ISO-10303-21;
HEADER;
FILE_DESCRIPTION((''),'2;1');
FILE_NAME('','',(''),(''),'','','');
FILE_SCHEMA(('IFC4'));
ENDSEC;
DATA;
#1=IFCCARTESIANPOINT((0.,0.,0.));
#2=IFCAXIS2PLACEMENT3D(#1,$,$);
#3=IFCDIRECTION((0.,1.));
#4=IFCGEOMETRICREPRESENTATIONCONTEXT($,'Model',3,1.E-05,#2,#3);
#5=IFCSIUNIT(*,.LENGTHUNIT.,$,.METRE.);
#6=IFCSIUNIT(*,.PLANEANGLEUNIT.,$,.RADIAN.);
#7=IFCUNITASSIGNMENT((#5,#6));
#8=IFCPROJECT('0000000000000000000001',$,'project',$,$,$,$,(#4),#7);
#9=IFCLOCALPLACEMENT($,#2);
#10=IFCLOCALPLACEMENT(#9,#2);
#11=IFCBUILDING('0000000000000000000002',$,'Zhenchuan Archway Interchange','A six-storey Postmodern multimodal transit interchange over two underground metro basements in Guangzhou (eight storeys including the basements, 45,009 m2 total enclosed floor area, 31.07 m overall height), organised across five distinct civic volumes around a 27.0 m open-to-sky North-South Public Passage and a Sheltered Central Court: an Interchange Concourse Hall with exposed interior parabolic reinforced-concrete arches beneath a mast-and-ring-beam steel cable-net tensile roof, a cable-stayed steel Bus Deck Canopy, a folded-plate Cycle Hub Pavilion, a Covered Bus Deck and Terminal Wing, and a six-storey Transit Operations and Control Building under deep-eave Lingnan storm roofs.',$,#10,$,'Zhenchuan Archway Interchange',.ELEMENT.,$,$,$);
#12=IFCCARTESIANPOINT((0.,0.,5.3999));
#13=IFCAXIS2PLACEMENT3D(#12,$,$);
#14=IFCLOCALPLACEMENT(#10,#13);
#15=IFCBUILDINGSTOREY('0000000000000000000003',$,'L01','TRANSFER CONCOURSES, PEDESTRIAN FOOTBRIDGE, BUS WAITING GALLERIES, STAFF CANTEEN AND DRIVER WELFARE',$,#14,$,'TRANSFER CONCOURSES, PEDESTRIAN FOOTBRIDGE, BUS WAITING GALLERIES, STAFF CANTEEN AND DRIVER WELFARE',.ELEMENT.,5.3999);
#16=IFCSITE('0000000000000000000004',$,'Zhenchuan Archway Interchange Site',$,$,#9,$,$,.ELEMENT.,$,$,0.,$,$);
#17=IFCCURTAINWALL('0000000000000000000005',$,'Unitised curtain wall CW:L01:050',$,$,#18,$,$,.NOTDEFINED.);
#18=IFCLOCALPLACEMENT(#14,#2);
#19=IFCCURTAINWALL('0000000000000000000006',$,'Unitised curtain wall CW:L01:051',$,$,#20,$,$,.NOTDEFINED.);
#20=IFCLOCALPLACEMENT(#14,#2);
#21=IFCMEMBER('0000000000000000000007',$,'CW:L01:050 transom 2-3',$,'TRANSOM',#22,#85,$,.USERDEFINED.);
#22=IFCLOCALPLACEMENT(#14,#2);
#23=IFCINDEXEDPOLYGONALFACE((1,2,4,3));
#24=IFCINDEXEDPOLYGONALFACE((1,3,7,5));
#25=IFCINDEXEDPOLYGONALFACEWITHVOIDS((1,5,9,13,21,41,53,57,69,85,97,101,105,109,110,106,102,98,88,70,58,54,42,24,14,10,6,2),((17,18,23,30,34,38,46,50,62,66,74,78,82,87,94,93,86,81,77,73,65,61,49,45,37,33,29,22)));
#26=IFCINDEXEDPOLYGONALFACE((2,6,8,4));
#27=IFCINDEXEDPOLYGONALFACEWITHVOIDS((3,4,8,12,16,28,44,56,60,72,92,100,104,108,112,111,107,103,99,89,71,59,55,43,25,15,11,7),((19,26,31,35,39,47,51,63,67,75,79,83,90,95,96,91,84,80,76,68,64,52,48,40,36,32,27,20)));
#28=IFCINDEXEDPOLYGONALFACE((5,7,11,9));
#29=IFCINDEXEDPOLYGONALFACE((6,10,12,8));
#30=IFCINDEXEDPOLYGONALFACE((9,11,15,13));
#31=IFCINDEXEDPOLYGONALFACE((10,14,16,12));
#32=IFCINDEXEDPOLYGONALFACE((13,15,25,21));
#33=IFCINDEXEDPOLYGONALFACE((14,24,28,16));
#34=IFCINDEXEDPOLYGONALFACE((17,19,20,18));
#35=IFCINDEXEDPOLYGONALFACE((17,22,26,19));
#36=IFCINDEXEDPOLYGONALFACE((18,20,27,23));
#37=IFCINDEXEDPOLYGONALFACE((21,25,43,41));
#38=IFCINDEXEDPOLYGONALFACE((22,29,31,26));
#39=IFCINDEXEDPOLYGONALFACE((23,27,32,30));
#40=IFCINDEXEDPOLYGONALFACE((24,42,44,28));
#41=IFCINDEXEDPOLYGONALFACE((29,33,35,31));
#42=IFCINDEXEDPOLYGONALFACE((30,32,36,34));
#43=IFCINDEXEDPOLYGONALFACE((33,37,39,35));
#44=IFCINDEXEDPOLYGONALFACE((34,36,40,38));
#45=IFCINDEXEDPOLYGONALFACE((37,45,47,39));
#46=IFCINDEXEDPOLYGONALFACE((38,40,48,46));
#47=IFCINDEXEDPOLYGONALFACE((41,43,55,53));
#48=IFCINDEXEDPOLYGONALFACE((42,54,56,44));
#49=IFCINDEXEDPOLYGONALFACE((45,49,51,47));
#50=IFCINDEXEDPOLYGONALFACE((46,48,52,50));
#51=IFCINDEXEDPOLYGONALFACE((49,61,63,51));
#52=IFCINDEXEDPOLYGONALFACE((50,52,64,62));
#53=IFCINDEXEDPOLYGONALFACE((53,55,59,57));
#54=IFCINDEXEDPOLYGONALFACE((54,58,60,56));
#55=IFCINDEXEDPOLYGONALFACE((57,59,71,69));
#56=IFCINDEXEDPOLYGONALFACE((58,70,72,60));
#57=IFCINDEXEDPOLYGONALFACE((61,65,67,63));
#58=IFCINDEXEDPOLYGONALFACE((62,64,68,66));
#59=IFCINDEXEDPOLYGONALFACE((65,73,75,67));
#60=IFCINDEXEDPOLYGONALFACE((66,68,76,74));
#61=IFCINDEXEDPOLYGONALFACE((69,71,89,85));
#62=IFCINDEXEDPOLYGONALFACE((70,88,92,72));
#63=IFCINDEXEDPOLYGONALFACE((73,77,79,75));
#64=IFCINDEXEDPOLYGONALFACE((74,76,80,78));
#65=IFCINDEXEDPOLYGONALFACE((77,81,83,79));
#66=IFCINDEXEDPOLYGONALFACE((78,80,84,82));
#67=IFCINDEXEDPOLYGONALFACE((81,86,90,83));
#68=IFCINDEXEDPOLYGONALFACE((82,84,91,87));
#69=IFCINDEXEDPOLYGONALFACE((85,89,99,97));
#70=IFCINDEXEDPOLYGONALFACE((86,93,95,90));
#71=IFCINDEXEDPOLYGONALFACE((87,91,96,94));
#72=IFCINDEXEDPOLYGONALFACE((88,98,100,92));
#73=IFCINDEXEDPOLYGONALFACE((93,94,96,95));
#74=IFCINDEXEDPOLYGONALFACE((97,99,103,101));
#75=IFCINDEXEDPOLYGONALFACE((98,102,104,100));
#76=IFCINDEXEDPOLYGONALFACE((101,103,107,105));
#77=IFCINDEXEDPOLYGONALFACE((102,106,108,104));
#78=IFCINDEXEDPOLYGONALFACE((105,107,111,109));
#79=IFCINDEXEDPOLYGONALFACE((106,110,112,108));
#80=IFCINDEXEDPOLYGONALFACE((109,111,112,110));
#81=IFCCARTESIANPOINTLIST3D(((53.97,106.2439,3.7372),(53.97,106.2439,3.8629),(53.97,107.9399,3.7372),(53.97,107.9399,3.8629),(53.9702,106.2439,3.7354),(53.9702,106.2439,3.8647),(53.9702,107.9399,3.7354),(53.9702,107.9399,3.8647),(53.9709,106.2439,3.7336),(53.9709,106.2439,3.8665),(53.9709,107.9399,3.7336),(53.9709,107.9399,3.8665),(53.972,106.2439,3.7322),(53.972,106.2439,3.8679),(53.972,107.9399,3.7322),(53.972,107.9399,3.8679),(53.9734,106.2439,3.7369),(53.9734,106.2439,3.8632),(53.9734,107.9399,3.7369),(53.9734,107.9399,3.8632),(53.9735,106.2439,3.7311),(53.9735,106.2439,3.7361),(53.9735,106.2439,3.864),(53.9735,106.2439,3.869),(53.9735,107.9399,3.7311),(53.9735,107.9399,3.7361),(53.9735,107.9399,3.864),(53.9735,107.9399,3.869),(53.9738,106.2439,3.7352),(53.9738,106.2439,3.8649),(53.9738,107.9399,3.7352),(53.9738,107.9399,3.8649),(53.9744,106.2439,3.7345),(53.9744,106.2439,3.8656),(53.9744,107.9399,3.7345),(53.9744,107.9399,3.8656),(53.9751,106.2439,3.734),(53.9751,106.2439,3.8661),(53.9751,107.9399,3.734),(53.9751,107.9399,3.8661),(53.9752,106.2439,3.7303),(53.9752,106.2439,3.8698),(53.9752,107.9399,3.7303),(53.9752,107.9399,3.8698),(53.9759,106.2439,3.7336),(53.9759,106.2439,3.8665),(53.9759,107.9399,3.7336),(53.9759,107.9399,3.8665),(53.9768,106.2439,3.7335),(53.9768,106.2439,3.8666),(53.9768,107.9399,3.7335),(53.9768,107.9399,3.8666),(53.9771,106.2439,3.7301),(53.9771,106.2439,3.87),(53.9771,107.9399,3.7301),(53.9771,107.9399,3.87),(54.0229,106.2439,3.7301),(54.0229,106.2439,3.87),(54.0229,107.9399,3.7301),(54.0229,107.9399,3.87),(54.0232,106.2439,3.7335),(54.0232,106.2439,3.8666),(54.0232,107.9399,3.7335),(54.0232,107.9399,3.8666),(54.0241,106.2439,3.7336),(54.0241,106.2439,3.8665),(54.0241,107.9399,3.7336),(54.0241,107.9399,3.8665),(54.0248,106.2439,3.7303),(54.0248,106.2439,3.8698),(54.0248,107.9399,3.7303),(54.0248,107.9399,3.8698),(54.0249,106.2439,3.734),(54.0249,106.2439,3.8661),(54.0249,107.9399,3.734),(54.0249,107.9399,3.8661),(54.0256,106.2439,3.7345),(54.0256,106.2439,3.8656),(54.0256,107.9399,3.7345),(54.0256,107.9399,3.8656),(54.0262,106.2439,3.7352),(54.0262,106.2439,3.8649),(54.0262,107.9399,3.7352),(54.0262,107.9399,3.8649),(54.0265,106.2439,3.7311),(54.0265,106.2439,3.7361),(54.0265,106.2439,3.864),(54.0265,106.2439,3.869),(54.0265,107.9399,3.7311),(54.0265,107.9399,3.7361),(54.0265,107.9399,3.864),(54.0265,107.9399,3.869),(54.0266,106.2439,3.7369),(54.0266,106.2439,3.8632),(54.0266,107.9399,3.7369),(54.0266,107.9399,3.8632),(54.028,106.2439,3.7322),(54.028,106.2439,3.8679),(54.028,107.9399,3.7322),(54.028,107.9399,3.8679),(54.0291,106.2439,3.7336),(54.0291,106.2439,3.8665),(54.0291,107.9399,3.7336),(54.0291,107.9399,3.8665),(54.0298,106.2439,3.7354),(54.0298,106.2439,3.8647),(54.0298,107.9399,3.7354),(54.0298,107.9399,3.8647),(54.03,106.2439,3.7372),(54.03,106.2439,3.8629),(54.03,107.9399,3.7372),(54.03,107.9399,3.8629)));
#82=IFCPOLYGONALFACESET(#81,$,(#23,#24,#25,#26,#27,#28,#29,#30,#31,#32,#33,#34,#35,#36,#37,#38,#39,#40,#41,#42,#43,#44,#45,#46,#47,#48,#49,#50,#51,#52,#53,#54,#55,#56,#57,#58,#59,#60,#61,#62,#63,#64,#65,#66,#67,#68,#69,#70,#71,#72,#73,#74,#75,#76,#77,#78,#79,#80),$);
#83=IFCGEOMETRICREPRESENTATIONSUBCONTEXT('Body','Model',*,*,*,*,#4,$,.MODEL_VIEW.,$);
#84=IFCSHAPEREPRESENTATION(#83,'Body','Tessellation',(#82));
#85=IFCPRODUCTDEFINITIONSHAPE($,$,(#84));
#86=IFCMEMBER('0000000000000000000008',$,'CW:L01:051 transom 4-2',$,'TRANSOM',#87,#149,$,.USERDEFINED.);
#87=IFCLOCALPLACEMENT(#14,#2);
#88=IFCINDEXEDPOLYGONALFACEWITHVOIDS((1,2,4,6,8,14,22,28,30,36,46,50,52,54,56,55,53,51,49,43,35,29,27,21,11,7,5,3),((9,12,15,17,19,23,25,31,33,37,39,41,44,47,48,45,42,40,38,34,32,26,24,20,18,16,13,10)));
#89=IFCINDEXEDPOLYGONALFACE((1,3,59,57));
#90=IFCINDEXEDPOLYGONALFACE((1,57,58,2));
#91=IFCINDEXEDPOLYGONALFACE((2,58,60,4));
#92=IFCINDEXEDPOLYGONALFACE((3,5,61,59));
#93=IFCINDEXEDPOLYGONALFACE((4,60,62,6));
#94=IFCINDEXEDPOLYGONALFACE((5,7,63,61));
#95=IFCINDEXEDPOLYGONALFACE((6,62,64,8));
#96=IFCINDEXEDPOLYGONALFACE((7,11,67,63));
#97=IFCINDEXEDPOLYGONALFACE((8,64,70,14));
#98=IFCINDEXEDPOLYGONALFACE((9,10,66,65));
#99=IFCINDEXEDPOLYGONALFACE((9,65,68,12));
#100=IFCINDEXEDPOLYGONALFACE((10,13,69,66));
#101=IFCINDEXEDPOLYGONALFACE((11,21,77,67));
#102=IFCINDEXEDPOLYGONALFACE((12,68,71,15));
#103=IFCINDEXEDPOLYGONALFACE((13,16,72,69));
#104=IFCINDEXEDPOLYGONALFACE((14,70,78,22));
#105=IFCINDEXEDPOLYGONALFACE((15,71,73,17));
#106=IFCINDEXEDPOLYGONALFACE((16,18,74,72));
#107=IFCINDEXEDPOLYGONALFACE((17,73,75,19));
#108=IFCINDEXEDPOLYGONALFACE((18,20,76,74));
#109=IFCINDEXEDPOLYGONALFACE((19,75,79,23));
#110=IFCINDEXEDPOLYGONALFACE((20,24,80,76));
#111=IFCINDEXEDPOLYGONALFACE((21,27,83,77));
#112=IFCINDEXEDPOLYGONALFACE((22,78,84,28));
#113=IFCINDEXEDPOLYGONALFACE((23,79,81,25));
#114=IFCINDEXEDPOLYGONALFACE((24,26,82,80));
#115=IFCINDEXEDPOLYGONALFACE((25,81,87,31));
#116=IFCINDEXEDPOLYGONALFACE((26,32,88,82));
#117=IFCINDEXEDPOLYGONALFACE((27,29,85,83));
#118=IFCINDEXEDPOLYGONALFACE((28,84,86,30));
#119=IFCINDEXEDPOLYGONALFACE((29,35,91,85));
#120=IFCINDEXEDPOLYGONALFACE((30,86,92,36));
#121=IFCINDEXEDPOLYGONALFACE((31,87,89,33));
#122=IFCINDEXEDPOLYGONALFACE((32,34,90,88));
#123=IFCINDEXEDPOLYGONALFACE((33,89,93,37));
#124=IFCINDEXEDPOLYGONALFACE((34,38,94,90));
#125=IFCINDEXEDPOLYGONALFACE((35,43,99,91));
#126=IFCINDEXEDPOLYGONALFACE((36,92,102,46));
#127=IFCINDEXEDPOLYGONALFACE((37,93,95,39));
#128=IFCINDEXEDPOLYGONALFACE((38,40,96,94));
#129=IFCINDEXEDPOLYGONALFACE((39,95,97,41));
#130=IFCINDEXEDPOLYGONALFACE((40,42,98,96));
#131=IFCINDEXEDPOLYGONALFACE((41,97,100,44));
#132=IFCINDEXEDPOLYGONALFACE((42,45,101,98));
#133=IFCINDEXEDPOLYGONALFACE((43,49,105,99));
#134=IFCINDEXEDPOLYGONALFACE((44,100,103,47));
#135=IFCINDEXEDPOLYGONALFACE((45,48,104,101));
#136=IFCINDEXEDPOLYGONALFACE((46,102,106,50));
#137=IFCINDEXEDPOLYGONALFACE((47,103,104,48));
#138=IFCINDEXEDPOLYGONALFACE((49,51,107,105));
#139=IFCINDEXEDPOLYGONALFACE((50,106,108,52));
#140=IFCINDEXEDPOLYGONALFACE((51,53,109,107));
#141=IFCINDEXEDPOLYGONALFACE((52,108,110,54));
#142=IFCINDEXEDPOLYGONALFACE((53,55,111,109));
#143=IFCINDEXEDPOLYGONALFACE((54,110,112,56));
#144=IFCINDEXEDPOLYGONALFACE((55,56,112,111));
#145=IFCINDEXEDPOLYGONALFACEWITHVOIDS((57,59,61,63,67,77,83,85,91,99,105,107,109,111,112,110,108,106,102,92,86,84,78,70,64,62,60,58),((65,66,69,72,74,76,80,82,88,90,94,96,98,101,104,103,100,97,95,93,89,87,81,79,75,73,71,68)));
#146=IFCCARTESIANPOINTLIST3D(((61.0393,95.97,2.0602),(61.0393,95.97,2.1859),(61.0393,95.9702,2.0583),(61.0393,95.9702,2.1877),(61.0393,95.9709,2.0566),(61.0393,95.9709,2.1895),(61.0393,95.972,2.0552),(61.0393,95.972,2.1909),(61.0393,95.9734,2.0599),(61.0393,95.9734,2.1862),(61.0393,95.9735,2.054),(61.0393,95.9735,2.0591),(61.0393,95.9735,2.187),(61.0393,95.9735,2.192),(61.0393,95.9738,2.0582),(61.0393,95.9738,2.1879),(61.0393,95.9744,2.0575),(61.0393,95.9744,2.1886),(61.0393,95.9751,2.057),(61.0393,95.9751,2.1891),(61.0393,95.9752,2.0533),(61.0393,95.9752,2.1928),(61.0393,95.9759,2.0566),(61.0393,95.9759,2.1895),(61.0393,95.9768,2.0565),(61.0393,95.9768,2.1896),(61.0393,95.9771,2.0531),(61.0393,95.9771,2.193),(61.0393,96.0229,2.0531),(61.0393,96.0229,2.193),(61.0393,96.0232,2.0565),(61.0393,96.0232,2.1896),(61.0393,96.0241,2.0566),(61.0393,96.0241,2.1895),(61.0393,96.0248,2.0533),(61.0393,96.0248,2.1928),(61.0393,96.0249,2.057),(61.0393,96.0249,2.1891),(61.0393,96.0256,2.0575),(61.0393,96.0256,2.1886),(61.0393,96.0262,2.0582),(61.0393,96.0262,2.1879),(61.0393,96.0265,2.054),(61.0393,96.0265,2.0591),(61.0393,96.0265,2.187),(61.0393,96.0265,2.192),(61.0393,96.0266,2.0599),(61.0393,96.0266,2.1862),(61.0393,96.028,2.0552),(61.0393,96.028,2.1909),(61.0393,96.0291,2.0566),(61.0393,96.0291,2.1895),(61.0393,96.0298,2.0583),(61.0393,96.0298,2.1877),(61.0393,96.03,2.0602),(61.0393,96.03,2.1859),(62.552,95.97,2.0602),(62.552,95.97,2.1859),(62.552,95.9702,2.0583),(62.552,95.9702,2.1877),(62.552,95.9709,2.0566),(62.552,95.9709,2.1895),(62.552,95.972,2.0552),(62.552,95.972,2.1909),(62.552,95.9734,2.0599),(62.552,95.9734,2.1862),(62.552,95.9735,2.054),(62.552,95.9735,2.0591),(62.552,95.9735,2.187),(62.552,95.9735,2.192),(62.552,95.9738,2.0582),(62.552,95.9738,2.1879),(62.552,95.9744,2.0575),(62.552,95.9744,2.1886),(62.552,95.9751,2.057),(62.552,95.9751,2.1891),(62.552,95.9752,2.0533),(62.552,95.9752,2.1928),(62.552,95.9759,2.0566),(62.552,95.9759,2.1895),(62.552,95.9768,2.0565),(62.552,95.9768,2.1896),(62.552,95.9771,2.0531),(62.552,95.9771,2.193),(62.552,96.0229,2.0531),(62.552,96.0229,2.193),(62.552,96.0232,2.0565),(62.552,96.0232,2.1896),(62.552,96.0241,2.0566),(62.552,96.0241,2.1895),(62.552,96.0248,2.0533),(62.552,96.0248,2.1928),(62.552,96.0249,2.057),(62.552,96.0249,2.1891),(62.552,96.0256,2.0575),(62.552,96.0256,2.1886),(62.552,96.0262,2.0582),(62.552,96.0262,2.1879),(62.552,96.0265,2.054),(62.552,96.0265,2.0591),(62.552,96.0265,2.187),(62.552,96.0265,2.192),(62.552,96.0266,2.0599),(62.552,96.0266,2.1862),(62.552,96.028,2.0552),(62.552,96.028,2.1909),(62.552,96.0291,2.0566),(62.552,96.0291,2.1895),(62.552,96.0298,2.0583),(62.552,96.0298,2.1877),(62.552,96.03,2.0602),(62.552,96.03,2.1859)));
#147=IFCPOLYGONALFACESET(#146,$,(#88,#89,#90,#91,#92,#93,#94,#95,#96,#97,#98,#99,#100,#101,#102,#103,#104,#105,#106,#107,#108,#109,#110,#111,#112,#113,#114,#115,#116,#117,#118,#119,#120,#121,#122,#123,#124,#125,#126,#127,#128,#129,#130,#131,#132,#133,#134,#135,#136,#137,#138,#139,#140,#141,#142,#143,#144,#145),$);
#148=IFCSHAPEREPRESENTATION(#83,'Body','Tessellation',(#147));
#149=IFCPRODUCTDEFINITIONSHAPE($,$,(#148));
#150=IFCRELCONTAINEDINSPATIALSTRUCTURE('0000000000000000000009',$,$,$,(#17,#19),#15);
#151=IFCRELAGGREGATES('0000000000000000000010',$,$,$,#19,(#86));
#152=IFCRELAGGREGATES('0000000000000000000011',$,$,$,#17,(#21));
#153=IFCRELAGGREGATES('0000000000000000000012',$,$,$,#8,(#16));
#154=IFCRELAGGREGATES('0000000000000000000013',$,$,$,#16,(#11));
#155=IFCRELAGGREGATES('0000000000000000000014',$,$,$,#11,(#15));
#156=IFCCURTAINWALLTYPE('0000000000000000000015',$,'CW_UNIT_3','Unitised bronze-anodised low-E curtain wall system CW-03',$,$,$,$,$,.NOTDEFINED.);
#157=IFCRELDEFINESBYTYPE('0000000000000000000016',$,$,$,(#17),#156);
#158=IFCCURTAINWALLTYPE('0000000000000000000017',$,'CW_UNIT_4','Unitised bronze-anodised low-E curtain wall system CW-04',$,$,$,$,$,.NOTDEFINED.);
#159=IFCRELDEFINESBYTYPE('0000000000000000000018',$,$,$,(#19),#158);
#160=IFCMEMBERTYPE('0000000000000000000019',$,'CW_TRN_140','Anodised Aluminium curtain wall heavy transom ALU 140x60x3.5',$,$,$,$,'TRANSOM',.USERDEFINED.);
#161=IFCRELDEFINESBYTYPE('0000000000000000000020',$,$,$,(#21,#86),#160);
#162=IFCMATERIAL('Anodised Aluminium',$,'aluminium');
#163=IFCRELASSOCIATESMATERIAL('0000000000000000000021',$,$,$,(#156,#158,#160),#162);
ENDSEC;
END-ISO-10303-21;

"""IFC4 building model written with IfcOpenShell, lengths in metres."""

from ifc_helpers import new_model, si_unit, direction, frame, origin, origin_2d, place, context, subcontext, project, spatial, hollow_rectangle, extrude, material, material_profile, profile_set, type_object, element, aggregate, save


model = new_model("IFC4")

# Units and contexts
model_context = context("Model", 3, precision=1e-05, world=origin(), true_north=direction((0.0, 1.0)))
body_context = subcontext(model_context, "Body", "Model", "MODEL_VIEW")
ifc_project = project(units=[si_unit("LENGTHUNIT", "METRE"), si_unit("PLANEANGLEUNIT", "RADIAN")], contexts=[model_context])

# Site, building, storey
site_placement = place(None, origin())
site = spatial("IfcSite", under=ifc_project, at=site_placement, Name="Zhenchuan Archway Interchange Site", CompositionType="ELEMENT", RefElevation=0.0)
building_placement = place(site_placement, origin())
building = spatial("IfcBuilding", under=site, at=building_placement, Name="Zhenchuan Archway Interchange", Description="A six-storey Postmodern multimodal transit interchange over two underground metro basements in Guangzhou (eight storeys including the basements, 45,009 m2 total enclosed floor area, 31.07 m overall height), organised across five distinct civic volumes around a 27.0 m open-to-sky North-South Public Passage and a Sheltered Central Court: an Interchange Concourse Hall with exposed interior parabolic reinforced-concrete arches beneath a mast-and-ring-beam steel cable-net tensile roof, a cable-stayed steel Bus Deck Canopy, a folded-plate Cycle Hub Pavilion, a Covered Bus Deck and Terminal Wing, and a six-storey Transit Operations and Control Building under deep-eave Lingnan storm roofs.", LongName="Zhenchuan Archway Interchange", CompositionType="ELEMENT")
storey_placement = place(building_placement, frame((0.0, 0.0, 5.3999)))
storey = spatial("IfcBuildingStorey", under=building, at=storey_placement, Name="L01", Description="TRANSFER CONCOURSES, PEDESTRIAN FOOTBRIDGE, BUS WAITING GALLERIES, STAFF CANTEEN AND DRIVER WELFARE", LongName="TRANSFER CONCOURSES, PEDESTRIAN FOOTBRIDGE, BUS WAITING GALLERIES, STAFF CANTEEN AND DRIVER WELFARE", CompositionType="ELEMENT", Elevation=5.3999)

# Curtain wall
ifc_material_1 = material(Name="Anodised Aluminium", Category="aluminium")
curtain_wall_type_1 = type_object("IfcCurtainWallType", Name="CW_UNIT_3", Description="Unitised bronze-anodised low-E curtain wall system CW-03", PredefinedType="NOTDEFINED", material=ifc_material_1)
curtain_wall_1_placement = place(storey_placement, origin())
curtain_wall_1 = element("IfcCurtainWall", 1, at=curtain_wall_1_placement, inside=storey, type_object=curtain_wall_type_1, Name="Unitised curtain wall CW:L01:050", PredefinedType="NOTDEFINED")

# Curtain wall
curtain_wall_type_2 = type_object("IfcCurtainWallType", Name="CW_UNIT_4", Description="Unitised bronze-anodised low-E curtain wall system CW-04", PredefinedType="NOTDEFINED", material=ifc_material_1)
curtain_wall_2_placement = place(storey_placement, origin())
curtain_wall_2 = element("IfcCurtainWall", 2, at=curtain_wall_2_placement, inside=storey, type_object=curtain_wall_type_2, Name="Unitised curtain wall CW:L01:051", PredefinedType="NOTDEFINED")

# Members
ifc_material_profile_1 = material_profile(ifc_material_1, hollow_rectangle(XDim=0.0601, YDim=0.1399, WallThickness=0.0034, InnerFilletRadius=0.0034, OuterFilletRadius=0.0071, at=origin_2d()), Name="ALU 140x60x3.5")
ifc_profile_set_1 = profile_set([ifc_material_profile_1], Name="Anodised Aluminium")
member_type_1 = type_object("IfcMemberType", Name="CW_TRN_140", Description="Anodised Aluminium curtain wall heavy transom ALU 140x60x3.5", ElementType="TRANSOM", PredefinedType="USERDEFINED", material=ifc_profile_set_1)
member_1_placement = place(storey_placement, frame((54.0, 107.9399, 3.8), z_axis=(0.0, -1.0, 0.0), x_axis=(1.0, 0.0, 0.0)))
member_1 = element("IfcMember", 3, at=member_1_placement, type_object=member_type_1, Name="CW:L01:050 transom 2-3", ObjectType="TRANSOM", PredefinedType="USERDEFINED", context=body_context, shape_type="SweptSolid", body=[
    extrude(hollow_rectangle(XDim=0.0601, YDim=0.1399, WallThickness=0.0034, InnerFilletRadius=0.0034, OuterFilletRadius=0.0071, at=origin_2d()), origin(), (0.0, 0.0, 1.0), 1.696),
])
member_2_placement = place(storey_placement, frame((61.0393, 96.0, 2.123), z_axis=(1.0, 0.0, 0.0), x_axis=(0.0, 1.0, 0.0)))
member_2 = element("IfcMember", 4, at=member_2_placement, type_object=member_type_1, Name="CW:L01:051 transom 4-2", ObjectType="TRANSOM", PredefinedType="USERDEFINED", context=body_context, shape_type="SweptSolid", body=[
    extrude(hollow_rectangle(XDim=0.0601, YDim=0.1399, WallThickness=0.0034, InnerFilletRadius=0.0034, OuterFilletRadius=0.0071, at=origin_2d()), origin(), (0.0, 0.0, 1.0), 1.5127),
])

aggregate(curtain_wall_2, [member_2])
aggregate(curtain_wall_1, [member_1])

save(model, "model.ifc")
